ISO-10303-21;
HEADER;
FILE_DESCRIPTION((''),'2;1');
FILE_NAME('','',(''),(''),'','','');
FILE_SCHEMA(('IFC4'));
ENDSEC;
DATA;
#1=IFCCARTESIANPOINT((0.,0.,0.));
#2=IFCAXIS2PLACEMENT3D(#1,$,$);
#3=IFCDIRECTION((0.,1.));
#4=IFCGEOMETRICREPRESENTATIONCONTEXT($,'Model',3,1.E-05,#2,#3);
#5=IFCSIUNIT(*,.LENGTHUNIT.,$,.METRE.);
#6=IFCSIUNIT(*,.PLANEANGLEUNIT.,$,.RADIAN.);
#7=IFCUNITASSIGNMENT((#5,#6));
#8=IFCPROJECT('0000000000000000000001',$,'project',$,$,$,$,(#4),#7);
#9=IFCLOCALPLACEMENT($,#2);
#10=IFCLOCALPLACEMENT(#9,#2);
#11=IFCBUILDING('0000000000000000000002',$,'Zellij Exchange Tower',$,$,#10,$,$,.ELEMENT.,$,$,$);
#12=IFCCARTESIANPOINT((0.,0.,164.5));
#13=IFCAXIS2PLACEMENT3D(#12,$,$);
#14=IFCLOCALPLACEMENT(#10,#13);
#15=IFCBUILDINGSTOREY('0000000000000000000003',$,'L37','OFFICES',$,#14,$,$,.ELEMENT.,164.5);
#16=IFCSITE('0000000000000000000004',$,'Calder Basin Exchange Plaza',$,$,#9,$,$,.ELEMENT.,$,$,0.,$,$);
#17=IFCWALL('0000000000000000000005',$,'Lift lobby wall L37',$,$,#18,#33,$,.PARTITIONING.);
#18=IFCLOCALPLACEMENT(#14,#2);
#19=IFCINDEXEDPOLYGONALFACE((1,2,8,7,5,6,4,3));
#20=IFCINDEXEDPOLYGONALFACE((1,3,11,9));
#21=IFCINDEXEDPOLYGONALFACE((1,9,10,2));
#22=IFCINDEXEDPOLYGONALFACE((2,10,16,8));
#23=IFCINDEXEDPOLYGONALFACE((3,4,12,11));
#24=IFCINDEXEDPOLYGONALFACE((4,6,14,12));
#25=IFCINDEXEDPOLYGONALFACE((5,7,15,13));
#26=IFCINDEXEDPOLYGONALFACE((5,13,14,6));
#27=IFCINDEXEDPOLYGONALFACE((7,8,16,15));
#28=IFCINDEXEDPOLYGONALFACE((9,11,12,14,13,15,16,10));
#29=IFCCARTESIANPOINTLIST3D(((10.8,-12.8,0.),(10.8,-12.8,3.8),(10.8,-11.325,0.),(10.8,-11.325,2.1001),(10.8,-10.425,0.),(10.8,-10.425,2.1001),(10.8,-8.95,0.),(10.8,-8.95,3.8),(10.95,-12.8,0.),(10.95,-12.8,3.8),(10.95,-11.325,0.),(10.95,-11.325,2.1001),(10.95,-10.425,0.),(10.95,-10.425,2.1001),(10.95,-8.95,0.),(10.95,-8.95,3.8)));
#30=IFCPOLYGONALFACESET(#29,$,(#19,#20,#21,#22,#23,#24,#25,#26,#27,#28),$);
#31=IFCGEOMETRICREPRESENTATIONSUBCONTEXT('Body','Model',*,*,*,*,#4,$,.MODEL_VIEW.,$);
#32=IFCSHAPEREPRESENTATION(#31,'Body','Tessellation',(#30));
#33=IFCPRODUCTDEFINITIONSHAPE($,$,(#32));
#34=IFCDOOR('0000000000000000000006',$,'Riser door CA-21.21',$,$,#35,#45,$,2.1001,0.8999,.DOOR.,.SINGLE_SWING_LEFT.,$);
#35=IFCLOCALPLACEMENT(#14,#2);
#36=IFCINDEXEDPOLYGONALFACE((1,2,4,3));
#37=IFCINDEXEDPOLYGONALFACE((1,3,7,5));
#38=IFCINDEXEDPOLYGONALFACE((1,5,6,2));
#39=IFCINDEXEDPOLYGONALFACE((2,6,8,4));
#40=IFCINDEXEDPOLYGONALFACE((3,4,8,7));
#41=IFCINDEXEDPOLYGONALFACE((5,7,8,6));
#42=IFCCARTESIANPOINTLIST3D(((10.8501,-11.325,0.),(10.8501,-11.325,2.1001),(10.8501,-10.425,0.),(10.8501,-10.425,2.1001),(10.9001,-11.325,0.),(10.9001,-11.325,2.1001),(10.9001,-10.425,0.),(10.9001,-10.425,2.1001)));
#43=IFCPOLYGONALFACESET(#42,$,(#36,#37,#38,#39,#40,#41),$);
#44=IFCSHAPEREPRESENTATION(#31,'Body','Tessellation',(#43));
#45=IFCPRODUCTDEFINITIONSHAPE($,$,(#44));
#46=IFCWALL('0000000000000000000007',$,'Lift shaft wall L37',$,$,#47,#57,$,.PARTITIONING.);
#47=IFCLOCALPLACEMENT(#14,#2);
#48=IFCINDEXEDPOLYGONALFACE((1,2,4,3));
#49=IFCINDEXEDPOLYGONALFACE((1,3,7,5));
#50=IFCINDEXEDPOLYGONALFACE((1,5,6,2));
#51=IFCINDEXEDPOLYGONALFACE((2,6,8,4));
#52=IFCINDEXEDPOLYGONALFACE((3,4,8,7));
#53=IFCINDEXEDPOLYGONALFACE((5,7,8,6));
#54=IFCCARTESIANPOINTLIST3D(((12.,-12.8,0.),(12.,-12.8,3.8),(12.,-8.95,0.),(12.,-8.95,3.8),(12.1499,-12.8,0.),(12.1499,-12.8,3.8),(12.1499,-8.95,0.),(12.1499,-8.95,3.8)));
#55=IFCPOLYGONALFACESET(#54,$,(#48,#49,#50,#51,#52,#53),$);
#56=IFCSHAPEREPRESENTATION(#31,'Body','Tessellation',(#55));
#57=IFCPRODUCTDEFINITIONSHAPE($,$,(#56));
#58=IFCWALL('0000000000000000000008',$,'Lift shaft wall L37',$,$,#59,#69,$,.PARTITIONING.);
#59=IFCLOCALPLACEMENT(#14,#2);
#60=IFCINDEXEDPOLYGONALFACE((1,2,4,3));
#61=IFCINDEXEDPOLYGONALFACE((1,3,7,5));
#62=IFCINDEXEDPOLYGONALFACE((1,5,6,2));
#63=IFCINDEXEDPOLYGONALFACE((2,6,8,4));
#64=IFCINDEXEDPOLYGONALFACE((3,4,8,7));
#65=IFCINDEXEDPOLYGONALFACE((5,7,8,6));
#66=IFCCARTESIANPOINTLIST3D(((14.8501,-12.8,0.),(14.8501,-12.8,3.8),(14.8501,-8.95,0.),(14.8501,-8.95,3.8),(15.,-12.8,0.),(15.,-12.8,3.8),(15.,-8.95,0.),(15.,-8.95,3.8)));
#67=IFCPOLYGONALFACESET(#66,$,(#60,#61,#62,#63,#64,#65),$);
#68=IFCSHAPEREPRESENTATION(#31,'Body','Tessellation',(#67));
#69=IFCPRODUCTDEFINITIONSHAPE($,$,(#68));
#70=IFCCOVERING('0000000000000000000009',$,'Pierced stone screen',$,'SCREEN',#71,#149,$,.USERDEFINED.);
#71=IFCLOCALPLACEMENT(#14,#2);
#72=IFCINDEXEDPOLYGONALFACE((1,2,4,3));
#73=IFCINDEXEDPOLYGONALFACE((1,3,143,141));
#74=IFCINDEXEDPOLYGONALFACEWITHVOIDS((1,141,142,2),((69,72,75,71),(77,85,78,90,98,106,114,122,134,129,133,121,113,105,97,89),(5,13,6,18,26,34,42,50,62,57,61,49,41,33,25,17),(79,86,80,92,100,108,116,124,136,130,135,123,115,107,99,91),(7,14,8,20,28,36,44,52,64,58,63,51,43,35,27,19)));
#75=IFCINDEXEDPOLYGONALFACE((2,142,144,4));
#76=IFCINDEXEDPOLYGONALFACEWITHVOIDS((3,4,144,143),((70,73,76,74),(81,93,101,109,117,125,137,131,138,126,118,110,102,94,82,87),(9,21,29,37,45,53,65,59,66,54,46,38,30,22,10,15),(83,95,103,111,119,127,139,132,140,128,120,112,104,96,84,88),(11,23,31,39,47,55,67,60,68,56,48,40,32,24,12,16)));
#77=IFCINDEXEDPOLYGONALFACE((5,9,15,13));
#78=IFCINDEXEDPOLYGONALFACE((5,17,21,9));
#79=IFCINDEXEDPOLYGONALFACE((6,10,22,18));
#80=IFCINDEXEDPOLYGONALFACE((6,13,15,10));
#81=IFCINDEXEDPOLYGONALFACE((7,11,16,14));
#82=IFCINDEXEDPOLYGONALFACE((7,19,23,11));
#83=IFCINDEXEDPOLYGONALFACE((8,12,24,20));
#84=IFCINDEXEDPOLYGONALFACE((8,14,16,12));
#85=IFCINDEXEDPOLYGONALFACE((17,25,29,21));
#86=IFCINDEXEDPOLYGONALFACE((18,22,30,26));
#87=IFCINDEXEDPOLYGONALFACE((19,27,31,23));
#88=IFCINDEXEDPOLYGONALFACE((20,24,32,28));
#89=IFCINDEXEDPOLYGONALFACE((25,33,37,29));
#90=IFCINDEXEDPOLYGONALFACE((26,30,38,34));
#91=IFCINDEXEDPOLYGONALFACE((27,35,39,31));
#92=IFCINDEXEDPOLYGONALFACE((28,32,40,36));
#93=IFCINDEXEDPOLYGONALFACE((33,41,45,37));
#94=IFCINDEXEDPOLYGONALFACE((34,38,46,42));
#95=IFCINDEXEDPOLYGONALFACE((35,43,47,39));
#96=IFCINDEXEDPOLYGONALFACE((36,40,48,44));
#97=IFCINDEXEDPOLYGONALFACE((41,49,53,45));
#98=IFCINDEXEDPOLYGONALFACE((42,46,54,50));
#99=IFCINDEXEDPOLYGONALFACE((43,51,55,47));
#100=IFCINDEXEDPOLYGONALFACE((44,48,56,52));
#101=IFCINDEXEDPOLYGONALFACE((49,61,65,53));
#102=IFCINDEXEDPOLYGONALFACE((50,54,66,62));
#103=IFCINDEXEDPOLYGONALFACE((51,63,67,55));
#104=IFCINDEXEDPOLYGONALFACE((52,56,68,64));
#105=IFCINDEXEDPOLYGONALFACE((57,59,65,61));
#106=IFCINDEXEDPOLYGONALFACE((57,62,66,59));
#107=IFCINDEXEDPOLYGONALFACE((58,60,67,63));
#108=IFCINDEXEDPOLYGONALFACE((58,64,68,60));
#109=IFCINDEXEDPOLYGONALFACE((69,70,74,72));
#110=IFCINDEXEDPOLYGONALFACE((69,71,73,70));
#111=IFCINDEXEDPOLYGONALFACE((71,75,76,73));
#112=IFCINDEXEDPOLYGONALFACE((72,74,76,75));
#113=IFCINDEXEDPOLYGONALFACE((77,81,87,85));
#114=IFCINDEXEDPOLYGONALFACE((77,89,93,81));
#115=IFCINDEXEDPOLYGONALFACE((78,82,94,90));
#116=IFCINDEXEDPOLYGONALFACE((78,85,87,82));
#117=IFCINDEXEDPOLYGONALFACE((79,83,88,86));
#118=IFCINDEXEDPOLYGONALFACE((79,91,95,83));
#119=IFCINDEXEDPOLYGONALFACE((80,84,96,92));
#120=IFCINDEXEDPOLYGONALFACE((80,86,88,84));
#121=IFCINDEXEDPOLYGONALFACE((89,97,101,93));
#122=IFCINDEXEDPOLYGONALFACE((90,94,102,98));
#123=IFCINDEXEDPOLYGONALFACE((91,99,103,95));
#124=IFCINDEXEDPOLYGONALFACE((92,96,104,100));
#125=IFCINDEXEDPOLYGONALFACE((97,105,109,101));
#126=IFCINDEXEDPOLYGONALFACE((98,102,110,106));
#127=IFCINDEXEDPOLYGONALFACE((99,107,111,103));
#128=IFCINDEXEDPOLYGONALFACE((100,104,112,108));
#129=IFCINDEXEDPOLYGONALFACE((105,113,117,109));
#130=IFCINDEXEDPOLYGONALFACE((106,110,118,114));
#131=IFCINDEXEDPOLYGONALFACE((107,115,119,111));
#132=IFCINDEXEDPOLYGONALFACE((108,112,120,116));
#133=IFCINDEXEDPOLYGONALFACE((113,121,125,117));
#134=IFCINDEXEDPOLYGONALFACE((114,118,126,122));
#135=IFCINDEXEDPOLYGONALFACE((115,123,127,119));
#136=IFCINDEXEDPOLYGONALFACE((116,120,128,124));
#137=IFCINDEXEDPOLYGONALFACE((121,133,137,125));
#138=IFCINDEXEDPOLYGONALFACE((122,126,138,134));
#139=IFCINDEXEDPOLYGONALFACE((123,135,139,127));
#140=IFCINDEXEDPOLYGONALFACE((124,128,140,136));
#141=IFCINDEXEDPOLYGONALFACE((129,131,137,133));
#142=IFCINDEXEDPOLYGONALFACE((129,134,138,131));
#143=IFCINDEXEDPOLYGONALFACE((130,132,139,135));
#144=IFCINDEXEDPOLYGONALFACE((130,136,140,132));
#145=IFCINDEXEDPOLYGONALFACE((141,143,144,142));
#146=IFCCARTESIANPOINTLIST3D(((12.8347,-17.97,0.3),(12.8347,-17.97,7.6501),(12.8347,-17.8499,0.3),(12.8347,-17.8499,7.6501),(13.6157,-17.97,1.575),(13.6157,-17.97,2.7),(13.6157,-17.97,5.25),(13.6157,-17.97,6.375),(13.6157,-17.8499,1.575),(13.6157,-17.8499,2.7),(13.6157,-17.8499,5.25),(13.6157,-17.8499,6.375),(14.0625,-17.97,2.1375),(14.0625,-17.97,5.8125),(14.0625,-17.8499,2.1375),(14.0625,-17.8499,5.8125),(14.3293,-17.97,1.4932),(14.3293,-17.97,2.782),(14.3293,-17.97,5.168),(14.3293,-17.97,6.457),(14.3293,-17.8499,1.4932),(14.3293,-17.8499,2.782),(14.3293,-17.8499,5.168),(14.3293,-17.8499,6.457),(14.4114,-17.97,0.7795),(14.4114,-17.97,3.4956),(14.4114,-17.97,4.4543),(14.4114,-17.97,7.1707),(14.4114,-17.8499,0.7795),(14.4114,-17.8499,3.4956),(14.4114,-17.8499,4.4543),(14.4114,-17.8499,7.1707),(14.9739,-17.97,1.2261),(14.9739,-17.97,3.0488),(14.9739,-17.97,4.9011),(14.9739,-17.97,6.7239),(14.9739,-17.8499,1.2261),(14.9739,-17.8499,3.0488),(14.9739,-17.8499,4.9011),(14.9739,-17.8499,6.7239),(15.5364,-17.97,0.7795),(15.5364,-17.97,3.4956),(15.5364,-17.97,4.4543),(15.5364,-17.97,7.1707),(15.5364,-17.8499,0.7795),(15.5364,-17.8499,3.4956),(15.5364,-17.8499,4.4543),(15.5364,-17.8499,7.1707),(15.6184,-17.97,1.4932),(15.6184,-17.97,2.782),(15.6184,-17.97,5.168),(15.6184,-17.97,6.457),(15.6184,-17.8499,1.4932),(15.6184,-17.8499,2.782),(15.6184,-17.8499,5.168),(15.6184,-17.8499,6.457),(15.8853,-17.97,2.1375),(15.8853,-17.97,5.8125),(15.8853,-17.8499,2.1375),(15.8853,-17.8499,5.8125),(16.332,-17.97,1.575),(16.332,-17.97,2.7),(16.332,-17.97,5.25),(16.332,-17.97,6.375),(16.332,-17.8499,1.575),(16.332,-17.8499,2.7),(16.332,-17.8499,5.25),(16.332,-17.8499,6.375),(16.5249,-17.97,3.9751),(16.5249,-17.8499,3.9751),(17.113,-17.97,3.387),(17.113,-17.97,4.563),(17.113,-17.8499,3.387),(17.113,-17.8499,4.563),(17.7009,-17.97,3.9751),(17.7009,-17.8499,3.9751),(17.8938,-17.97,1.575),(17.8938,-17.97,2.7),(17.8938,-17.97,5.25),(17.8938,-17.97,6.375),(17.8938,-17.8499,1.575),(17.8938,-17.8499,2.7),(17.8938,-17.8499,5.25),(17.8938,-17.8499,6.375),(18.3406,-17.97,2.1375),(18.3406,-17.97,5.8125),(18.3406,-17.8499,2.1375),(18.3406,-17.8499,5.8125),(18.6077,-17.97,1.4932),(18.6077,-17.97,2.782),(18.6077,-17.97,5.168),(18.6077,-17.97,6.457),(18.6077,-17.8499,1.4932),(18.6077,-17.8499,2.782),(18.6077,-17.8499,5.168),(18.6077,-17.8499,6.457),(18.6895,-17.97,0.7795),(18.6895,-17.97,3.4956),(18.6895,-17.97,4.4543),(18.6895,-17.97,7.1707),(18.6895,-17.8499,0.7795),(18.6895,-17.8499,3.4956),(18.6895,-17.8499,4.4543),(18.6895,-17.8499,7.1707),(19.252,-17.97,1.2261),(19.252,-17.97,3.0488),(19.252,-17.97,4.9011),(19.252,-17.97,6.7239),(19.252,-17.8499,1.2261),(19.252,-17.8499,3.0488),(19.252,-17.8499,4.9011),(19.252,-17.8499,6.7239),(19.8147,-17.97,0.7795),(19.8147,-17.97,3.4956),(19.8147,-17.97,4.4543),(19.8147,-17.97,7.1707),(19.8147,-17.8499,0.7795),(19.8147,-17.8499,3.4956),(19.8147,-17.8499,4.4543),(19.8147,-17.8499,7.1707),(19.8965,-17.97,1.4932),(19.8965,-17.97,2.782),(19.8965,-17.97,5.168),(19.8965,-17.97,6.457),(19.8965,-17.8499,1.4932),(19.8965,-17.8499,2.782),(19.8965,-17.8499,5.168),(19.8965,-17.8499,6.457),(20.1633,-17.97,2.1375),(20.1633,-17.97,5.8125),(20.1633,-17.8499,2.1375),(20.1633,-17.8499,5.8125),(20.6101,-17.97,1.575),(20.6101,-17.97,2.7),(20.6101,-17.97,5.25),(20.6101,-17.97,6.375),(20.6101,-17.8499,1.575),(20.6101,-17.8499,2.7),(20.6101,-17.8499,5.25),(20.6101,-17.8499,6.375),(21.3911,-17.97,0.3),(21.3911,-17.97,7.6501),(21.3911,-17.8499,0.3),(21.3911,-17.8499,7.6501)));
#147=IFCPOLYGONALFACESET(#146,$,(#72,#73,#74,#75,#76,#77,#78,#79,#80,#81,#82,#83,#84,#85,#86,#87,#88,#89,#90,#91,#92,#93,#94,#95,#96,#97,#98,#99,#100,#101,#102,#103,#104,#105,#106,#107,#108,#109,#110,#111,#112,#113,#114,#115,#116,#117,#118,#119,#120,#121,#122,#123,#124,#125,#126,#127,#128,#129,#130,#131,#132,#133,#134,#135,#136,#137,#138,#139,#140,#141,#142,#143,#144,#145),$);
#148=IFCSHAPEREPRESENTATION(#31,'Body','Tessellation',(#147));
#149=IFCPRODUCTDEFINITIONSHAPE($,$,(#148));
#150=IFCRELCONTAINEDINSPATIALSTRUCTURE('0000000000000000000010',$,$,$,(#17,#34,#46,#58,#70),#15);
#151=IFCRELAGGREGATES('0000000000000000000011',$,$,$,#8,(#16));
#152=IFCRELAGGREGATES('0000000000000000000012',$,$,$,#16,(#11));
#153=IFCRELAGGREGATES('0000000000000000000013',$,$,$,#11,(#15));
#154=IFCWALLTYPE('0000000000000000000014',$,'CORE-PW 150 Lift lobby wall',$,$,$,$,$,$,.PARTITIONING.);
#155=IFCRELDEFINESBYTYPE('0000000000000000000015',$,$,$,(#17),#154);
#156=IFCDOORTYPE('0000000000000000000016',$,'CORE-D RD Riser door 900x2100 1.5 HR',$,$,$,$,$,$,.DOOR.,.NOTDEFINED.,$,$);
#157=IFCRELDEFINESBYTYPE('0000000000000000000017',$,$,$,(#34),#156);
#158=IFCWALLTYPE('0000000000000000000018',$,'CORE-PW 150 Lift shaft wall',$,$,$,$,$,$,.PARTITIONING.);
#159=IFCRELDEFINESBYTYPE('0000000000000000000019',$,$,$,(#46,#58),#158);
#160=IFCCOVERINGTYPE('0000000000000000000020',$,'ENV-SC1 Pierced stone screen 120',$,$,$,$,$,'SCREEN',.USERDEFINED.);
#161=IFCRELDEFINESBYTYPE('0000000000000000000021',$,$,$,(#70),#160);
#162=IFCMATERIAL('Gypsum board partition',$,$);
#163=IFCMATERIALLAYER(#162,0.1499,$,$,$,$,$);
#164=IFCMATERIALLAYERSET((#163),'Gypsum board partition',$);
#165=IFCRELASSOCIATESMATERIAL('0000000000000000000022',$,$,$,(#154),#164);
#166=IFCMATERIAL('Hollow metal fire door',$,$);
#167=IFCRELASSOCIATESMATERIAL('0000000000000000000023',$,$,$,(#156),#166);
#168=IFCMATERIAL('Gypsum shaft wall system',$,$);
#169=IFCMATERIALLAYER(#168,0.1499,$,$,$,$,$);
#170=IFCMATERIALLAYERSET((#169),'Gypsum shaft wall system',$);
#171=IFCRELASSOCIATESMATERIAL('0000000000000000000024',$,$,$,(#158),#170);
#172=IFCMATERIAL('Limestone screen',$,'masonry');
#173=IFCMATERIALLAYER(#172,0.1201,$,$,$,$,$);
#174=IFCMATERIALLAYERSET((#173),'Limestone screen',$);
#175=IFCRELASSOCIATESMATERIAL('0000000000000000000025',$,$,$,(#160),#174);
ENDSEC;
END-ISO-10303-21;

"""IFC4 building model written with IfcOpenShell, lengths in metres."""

from ifc_helpers import new_model, si_unit, direction, frame, frame_2d, origin, place, context, subcontext, project, spatial, polyline, rectangle, outline, extrude, material, layer, layer_set, type_object, element, fill, save


model = new_model("IFC4")

# Units and contexts
model_context = context("Model", 3, precision=1e-05, world=origin(), true_north=direction((0.0, 1.0)))
body_context = subcontext(model_context, "Body", "Model", "MODEL_VIEW")
ifc_project = project(units=[si_unit("LENGTHUNIT", "METRE"), si_unit("PLANEANGLEUNIT", "RADIAN")], contexts=[model_context])

# Site, building, storey
site_placement = place(None, origin())
site = spatial("IfcSite", under=ifc_project, at=site_placement, Name="Calder Basin Exchange Plaza", CompositionType="ELEMENT", RefElevation=0.0)
building_placement = place(site_placement, origin())
building = spatial("IfcBuilding", under=site, at=building_placement, Name="Zellij Exchange Tower", CompositionType="ELEMENT")
storey_placement = place(building_placement, frame((0.0, 0.0, 164.5)))
storey = spatial("IfcBuildingStorey", under=building, at=storey_placement, Name="L37", Description="OFFICES", CompositionType="ELEMENT", Elevation=164.5)

# Wall, opening, door
ifc_material_1 = material(Name="Gypsum board partition")
ifc_layer_1 = layer(ifc_material_1, 0.1499)
ifc_layer_set_1 = layer_set([ifc_layer_1], Name="Gypsum board partition")
wall_type_1 = type_object("IfcWallType", Name="CORE-PW 150 Lift lobby wall", PredefinedType="PARTITIONING", material=ifc_layer_set_1)
wall_placement = place(storey_placement, frame((10.875, -12.8, 0.0), z_axis=(0.0, 0.0, 1.0), x_axis=(0.0, 1.0, 0.0)))
wall = element("IfcWall", 1, at=wall_placement, inside=storey, type_object=wall_type_1, Name="Lift lobby wall L37", PredefinedType="PARTITIONING", context=body_context, shape_type="SweptSolid", body=[
    extrude(rectangle(XDim=3.8501, YDim=0.1499, at=frame_2d((1.925, 0.0))), origin(), (0.0, 0.0, 1.0), 3.8),
])
opening_placement = place(wall_placement, frame((1.4751, 0.0, 0.0)))
opening = element("IfcOpeningElement", 2, at=opening_placement, cuts=wall, PredefinedType="OPENING", context=body_context, shape_type="SweptSolid", body=[
    extrude(rectangle(XDim=0.8999, YDim=2.1001, at=frame_2d((0.45, 1.05))), frame((0.0, 0.0869, 0.0), z_axis=(0.0, -1.0, 0.0), x_axis=(1.0, 0.0, 0.0)), (0.0, 0.0, 1.0), 0.1738),
])
ifc_material_2 = material(Name="Hollow metal fire door")
door_type = type_object("IfcDoorType", Name="CORE-D RD Riser door 900x2100 1.5 HR", OperationType="NOTDEFINED", PredefinedType="DOOR", material=ifc_material_2)
door_placement = place(opening_placement, origin())
door = element("IfcDoor", 3, at=door_placement, inside=storey, type_object=door_type, Name="Riser door CA-21.21", OperationType="SINGLE_SWING_LEFT", OverallHeight=2.1001, OverallWidth=0.8999, PredefinedType="DOOR", context=body_context, shape_type="SweptSolid", body=[
    extrude(rectangle(XDim=0.8999, YDim=2.1001, at=frame_2d((0.45, 1.05))), frame((0.0, 0.0249, 0.0), z_axis=(0.0, -1.0, 0.0), x_axis=(1.0, 0.0, 0.0)), (0.0, 0.0, 1.0), 0.05),
])
fill(opening, door)

# Walls
ifc_material_3 = material(Name="Gypsum shaft wall system")
ifc_layer_2 = layer(ifc_material_3, 0.1499)
ifc_layer_set_2 = layer_set([ifc_layer_2], Name="Gypsum shaft wall system")
wall_type_2 = type_object("IfcWallType", Name="CORE-PW 150 Lift shaft wall", PredefinedType="PARTITIONING", material=ifc_layer_set_2)
for number, where, z_axis, x_axis, name in (
    (4, (12.075, -12.8, 0.0), (0.0, 0.0, 1.0), (0.0, 1.0, 0.0), "Lift shaft wall L37"),
    (5, (14.925, -12.8, 0.0), (0.0, 0.0, 1.0), (0.0, 1.0, 0.0), "Lift shaft wall L37"),
):
    element("IfcWall", number, at=place(storey_placement, frame(where, z_axis=z_axis, x_axis=x_axis)), inside=storey, type_object=wall_type_2, Name=name, PredefinedType="PARTITIONING", context=body_context, shape_type="SweptSolid", body=[
        extrude(rectangle(XDim=3.8501, YDim=0.1499, at=frame_2d((1.925, 0.0))), origin(), (0.0, 0.0, 1.0), 3.8),
    ])

# Covering
ifc_material_4 = material(Name="Limestone screen", Category="masonry")
ifc_layer_3 = layer(ifc_material_4, 0.1201)
ifc_layer_set_3 = layer_set([ifc_layer_3], Name="Limestone screen")
covering_type = type_object("IfcCoveringType", Name="ENV-SC1 Pierced stone screen 120", ElementType="SCREEN", PredefinedType="USERDEFINED", material=ifc_layer_set_3)
covering_1_placement = place(storey_placement, frame((12.8347, -17.9099, 0.3), z_axis=(0.0, 0.0, 1.0), x_axis=(1.0, 0.0, 0.0)))
element("IfcCovering", 6, at=covering_1_placement, inside=storey, type_object=covering_type, Name="Pierced stone screen", ObjectType="SCREEN", PredefinedType="USERDEFINED", context=body_context, shape_type="SweptSolid", body=[
    extrude(outline(polyline([(0.0, 0.0), (8.5564, 0.0), (8.5564, 7.3501), (0.0, 7.3501), (0.0, 0.0)]), holes=[polyline([(3.4973, 2.3999), (2.7837, 2.4819), (2.7017, 3.1956), (2.1392, 2.7488), (1.5767, 3.1956), (1.4946, 2.4819), (0.781, 2.3999), (1.2278, 1.8374), (0.781, 1.2749), (1.4946, 1.1931), (1.5767, 0.4795), (2.1392, 0.926), (2.7017, 0.4795), (2.7837, 1.1931), (3.4973, 1.2749), (3.0505, 1.8374), (3.4973, 2.3999)]), polyline([(3.4973, 6.075), (2.7837, 6.157), (2.7017, 6.8706), (2.1392, 6.4238), (1.5767, 6.8706), (1.4946, 6.157), (0.781, 6.075), (1.2278, 5.5125), (0.781, 4.95), (1.4946, 4.8679), (1.5767, 4.1543), (2.1392, 4.6011), (2.7017, 4.1543), (2.7837, 4.8679), (3.4973, 4.95), (3.0505, 5.5125), (3.4973, 6.075)]), polyline([(7.7754, 2.3999), (7.0618, 2.4819), (6.98, 3.1956), (6.4172, 2.7488), (5.8547, 3.1956), (5.7729, 2.4819), (5.0591, 2.3999), (5.5059, 1.8374), (5.0591, 1.2749), (5.7729, 1.1931), (5.8547, 0.4795), (6.4172, 0.926), (6.98, 0.4795), (7.0618, 1.1931), (7.7754, 1.2749), (7.3286, 1.8374), (7.7754, 2.3999)]), polyline([(7.7754, 6.075), (7.0618, 6.157), (6.98, 6.8706), (6.4172, 6.4238), (5.8547, 6.8706), (5.7729, 6.157), (5.0591, 6.075), (5.5059, 5.5125), (5.0591, 4.95), (5.7729, 4.8679), (5.8547, 4.1543), (6.4172, 4.6011), (6.98, 4.1543), (7.0618, 4.8679), (7.7754, 4.95), (7.3286, 5.5125), (7.7754, 6.075)]), polyline([(4.8662, 3.675), (4.2783, 4.2629), (3.6902, 3.675), (4.2783, 3.0869), (4.8662, 3.675)])]), frame((0.0, 0.0601, 0.0), z_axis=(0.0, -1.0, 0.0), x_axis=(1.0, 0.0, 0.0)), (0.0, 0.0, 1.0), 0.1201),
])

save(model, "model.ifc")
